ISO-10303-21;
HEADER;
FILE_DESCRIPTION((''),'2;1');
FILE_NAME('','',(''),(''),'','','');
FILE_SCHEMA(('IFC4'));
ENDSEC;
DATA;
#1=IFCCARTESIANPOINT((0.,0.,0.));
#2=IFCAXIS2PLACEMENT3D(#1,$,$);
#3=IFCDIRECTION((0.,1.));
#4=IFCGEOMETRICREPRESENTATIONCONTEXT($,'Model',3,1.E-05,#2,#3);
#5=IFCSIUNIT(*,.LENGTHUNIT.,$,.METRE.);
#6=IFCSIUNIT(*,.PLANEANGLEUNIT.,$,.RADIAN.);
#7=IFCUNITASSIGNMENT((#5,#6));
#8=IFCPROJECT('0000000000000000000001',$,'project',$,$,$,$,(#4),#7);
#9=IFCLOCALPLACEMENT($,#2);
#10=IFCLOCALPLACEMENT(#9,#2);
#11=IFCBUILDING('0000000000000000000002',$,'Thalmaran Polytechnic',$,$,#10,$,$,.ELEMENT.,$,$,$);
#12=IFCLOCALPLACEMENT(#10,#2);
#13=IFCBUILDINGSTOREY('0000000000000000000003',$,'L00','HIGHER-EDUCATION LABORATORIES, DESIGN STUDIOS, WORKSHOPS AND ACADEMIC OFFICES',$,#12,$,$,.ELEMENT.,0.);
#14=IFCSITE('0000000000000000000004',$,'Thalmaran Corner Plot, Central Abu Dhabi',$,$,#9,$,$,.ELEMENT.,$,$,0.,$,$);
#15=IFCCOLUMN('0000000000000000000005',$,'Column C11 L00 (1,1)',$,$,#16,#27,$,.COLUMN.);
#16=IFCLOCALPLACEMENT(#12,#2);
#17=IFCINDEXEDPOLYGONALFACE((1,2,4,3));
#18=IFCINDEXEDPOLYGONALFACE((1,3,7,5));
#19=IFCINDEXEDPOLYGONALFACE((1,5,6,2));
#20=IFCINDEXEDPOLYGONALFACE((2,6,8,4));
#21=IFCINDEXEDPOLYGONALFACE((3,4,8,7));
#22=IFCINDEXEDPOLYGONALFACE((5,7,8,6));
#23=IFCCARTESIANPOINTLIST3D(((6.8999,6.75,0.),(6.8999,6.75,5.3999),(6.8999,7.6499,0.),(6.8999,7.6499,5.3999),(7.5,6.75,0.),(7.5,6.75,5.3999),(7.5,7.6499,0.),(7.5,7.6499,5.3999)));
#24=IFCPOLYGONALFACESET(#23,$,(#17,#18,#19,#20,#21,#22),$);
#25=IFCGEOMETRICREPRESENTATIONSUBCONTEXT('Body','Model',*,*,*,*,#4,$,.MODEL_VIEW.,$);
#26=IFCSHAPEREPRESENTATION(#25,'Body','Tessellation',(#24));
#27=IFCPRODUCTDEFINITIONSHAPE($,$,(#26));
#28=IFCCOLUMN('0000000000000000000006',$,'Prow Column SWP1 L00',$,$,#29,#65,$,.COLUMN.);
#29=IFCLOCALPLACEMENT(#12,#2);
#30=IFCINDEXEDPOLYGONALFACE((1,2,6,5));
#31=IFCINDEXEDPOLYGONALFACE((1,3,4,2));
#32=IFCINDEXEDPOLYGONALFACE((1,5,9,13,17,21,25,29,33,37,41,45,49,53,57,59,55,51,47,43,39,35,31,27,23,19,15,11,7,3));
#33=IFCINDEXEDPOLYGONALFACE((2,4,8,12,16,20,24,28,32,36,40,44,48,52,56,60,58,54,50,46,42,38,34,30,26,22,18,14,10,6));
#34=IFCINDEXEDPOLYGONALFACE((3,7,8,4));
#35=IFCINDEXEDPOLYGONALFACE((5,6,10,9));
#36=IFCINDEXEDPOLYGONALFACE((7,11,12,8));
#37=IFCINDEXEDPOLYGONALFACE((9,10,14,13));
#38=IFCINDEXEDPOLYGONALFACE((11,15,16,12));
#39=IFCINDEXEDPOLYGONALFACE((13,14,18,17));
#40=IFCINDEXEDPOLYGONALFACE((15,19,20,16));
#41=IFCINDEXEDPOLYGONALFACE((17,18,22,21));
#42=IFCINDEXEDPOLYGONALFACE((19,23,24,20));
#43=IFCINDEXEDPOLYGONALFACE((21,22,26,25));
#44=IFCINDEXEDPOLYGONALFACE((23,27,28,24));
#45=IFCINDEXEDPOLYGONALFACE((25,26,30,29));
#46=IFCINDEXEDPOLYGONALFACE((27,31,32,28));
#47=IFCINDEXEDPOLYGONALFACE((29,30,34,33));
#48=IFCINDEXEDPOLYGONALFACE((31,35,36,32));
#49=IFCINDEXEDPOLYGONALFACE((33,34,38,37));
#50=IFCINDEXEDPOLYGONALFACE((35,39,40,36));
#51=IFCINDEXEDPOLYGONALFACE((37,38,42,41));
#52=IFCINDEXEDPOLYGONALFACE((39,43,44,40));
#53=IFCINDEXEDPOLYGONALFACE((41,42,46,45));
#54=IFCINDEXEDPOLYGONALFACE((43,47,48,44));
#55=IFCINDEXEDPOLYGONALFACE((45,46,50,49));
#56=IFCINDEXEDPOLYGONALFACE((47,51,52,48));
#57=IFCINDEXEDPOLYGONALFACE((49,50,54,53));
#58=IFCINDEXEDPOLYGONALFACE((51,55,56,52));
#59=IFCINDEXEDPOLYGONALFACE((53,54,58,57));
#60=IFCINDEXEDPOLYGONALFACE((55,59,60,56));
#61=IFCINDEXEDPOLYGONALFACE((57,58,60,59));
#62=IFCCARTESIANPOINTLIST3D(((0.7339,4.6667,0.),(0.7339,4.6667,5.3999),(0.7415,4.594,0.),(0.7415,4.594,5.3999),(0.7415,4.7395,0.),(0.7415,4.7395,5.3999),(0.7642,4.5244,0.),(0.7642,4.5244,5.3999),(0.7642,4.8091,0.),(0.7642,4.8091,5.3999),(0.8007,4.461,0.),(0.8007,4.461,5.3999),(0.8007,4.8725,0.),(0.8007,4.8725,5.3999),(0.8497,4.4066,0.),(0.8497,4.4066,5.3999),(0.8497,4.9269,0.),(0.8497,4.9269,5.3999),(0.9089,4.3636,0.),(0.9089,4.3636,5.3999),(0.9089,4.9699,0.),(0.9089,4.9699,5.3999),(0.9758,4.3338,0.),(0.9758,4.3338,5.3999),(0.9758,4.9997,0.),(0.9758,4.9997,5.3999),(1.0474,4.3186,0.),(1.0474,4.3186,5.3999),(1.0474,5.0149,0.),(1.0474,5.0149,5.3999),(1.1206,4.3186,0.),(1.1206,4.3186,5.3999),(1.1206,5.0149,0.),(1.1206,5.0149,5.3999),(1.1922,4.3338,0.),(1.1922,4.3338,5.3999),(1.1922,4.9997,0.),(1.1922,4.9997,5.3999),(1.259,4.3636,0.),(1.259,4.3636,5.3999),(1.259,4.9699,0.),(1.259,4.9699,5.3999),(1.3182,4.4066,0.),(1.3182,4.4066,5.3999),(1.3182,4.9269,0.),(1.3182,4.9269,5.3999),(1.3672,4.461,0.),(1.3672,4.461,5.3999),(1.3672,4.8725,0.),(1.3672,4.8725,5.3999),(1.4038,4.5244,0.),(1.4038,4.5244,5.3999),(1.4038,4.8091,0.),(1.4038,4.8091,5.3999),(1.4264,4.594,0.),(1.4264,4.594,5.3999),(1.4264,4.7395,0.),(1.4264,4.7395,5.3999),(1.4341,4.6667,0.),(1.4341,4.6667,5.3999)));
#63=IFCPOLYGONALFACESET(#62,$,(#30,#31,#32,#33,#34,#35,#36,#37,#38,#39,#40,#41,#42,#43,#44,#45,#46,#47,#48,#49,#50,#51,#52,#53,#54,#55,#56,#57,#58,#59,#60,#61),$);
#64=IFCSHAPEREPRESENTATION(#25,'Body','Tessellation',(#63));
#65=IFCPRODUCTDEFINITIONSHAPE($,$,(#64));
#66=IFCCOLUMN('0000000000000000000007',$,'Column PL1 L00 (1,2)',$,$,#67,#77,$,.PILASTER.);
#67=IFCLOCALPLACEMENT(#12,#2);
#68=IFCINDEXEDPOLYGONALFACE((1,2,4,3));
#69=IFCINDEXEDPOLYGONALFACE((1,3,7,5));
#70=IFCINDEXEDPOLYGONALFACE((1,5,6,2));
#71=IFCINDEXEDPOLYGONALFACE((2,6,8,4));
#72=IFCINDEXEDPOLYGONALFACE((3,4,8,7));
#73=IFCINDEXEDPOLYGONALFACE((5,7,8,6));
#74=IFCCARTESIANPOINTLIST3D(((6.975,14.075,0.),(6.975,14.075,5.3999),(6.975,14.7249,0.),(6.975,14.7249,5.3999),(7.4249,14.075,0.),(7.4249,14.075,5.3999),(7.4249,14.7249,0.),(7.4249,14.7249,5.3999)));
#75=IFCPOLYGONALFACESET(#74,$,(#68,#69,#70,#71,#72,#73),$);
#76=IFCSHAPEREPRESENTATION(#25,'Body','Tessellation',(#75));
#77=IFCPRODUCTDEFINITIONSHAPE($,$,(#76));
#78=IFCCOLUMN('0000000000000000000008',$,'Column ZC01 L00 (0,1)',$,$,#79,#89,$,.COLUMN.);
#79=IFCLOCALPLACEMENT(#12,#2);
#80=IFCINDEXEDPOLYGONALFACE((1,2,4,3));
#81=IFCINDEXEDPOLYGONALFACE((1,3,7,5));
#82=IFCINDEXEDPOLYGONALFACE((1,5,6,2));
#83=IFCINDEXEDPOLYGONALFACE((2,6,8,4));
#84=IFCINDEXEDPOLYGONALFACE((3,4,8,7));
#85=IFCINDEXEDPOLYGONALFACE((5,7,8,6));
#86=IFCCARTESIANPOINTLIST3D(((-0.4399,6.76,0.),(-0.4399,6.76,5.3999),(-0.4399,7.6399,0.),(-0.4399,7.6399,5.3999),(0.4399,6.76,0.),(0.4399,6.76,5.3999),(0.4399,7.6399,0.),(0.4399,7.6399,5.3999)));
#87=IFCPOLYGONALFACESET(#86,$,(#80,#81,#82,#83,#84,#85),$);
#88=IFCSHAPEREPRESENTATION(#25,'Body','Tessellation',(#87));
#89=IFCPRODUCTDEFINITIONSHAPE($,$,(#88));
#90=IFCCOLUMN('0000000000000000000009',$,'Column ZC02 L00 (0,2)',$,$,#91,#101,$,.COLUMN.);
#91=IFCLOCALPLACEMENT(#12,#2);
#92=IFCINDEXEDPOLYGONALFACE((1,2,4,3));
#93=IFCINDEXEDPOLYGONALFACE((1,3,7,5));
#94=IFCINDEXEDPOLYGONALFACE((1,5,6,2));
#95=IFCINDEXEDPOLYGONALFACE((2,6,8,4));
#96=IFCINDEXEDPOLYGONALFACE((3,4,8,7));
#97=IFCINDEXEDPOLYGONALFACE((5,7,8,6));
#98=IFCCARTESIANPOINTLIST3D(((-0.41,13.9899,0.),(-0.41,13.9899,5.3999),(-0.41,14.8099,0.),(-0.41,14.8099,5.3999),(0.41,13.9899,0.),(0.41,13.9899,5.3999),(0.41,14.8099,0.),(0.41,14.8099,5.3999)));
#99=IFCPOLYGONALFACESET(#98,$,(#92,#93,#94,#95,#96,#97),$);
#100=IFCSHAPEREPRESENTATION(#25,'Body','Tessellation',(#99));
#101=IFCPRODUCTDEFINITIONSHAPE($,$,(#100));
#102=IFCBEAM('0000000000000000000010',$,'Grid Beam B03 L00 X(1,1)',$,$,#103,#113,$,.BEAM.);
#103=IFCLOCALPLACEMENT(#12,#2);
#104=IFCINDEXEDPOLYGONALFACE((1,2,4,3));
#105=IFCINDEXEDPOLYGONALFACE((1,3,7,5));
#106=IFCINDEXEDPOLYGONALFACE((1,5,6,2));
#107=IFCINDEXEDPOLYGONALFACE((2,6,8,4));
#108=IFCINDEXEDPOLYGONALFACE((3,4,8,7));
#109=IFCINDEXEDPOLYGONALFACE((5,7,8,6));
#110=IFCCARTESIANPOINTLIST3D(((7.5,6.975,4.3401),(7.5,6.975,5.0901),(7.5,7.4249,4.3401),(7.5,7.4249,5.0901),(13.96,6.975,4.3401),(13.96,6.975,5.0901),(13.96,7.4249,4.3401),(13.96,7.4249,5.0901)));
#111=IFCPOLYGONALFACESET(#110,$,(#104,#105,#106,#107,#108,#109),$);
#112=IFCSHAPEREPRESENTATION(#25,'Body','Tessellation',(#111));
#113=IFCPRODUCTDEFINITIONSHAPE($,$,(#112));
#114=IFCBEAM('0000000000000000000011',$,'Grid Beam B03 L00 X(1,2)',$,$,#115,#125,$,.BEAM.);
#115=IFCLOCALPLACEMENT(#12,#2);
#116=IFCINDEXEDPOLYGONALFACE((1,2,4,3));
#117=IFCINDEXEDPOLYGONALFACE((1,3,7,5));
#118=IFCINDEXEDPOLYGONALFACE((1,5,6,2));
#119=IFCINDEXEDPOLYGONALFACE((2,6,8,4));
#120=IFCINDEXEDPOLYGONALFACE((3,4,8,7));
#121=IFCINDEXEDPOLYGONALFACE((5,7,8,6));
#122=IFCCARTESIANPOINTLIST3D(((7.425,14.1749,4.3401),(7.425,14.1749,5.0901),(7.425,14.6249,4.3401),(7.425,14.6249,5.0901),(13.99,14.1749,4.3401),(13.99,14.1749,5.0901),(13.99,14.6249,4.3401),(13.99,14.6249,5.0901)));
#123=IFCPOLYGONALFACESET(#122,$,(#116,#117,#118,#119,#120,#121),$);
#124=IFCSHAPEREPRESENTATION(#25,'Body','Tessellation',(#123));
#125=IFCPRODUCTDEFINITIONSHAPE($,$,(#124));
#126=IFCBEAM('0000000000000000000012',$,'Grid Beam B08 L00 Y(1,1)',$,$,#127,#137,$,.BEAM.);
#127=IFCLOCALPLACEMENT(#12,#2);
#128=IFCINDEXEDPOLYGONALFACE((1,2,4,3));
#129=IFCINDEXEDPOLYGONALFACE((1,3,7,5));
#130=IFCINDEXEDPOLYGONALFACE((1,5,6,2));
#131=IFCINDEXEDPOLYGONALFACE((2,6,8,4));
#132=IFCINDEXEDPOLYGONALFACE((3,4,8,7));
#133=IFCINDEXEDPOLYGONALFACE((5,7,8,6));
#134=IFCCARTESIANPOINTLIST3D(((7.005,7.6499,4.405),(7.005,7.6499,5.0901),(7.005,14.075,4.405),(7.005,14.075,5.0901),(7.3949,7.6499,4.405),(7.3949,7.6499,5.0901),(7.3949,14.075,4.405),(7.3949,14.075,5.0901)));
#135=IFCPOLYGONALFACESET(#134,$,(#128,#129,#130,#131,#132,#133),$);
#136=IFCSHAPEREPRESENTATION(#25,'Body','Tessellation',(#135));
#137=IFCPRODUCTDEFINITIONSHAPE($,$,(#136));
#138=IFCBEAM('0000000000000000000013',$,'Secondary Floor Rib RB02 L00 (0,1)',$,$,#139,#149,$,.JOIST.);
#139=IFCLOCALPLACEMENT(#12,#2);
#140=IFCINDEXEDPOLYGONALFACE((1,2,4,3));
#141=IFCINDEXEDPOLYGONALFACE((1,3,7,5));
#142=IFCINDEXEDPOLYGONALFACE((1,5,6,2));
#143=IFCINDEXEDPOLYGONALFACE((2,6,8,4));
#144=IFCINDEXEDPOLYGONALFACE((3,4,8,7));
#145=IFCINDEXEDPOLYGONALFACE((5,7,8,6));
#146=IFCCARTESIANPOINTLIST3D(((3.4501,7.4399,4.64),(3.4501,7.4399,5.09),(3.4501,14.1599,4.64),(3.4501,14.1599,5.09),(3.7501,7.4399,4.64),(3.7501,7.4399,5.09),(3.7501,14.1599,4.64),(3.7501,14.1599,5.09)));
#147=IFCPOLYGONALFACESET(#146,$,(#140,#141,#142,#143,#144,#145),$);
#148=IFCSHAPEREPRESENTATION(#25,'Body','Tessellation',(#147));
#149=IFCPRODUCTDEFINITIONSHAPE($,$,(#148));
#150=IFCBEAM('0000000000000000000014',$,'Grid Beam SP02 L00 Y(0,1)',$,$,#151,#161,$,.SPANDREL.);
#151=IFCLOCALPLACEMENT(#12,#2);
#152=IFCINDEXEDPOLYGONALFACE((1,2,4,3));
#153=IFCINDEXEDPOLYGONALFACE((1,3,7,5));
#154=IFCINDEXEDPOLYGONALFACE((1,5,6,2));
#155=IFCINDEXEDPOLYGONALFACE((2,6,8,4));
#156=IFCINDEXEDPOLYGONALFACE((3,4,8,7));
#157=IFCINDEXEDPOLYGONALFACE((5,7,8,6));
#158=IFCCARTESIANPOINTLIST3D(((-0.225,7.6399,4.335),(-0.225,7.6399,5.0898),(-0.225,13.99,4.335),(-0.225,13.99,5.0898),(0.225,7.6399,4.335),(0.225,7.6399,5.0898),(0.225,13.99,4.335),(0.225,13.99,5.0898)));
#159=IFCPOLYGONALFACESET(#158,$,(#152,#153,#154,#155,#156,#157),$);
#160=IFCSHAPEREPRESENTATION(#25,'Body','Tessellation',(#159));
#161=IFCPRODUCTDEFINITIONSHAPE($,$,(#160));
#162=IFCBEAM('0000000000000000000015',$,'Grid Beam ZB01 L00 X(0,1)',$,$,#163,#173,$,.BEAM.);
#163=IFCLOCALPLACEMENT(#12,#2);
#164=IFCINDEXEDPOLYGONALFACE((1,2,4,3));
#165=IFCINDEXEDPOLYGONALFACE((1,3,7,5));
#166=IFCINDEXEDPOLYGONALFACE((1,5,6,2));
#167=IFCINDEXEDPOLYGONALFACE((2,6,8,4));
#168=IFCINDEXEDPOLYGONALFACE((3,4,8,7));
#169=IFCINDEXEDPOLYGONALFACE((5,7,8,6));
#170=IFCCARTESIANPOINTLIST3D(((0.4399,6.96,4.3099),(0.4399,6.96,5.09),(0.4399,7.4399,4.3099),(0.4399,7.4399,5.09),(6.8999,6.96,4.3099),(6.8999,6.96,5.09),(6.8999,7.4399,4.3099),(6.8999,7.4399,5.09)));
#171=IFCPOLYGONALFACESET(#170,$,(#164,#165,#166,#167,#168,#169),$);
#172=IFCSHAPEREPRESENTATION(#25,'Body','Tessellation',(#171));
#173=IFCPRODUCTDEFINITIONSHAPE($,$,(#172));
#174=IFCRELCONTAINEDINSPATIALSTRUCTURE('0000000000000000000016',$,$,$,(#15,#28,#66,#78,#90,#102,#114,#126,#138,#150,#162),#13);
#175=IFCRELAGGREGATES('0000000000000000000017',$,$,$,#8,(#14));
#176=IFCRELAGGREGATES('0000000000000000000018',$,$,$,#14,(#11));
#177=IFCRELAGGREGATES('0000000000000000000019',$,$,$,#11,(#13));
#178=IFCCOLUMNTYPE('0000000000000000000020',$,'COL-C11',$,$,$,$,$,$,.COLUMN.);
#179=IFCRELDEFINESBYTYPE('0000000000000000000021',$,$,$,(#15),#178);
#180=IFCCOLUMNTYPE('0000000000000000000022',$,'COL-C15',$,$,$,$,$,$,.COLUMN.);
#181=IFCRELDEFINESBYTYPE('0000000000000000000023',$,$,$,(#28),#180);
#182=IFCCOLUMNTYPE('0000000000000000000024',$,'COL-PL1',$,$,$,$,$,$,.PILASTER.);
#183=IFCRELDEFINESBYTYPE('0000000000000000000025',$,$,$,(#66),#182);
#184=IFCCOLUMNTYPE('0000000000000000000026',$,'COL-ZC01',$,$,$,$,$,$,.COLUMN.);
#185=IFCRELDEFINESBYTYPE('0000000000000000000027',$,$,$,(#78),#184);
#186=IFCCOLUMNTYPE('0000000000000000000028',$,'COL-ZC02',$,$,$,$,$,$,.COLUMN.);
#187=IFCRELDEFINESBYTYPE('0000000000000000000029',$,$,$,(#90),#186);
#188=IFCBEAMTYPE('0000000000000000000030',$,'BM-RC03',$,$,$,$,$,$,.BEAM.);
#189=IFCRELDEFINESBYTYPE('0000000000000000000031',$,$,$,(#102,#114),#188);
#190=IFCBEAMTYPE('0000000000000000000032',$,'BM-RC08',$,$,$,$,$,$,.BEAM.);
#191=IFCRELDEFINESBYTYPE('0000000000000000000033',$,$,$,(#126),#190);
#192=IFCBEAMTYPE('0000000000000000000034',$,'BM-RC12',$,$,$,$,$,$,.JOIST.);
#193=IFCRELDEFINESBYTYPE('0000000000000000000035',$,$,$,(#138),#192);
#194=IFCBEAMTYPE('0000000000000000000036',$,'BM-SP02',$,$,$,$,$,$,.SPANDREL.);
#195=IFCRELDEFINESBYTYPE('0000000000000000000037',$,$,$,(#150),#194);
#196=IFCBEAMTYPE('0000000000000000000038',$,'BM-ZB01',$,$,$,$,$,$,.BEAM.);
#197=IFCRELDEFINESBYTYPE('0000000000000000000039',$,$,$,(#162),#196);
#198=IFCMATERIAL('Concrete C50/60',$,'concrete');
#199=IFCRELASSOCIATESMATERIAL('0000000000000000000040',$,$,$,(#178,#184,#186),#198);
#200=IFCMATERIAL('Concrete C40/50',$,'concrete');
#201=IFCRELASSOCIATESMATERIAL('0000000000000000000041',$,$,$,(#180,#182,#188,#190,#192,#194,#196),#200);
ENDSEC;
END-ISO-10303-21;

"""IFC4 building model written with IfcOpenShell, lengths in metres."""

from ifc_helpers import new_model, si_unit, direction, frame, origin, origin_2d, place, context, subcontext, project, spatial, rectangle, circle, extrude, material, material_profile, profile_set, type_object, element, save


model = new_model("IFC4")

# Units and contexts
model_context = context("Model", 3, precision=1e-05, world=origin(), true_north=direction((0.0, 1.0)))
body_context = subcontext(model_context, "Body", "Model", "MODEL_VIEW")
ifc_project = project(units=[si_unit("LENGTHUNIT", "METRE"), si_unit("PLANEANGLEUNIT", "RADIAN")], contexts=[model_context])

# Site, building, storey
site_placement = place(None, origin())
site = spatial("IfcSite", under=ifc_project, at=site_placement, Name="Thalmaran Corner Plot, Central Abu Dhabi", CompositionType="ELEMENT", RefElevation=0.0)
building_placement = place(site_placement, origin())
building = spatial("IfcBuilding", under=site, at=building_placement, Name="Thalmaran Polytechnic", CompositionType="ELEMENT")
storey_placement = place(building_placement, origin())
storey = spatial("IfcBuildingStorey", under=building, at=storey_placement, Name="L00", Description="HIGHER-EDUCATION LABORATORIES, DESIGN STUDIOS, WORKSHOPS AND ACADEMIC OFFICES", CompositionType="ELEMENT", Elevation=0.0)

# Columns
ifc_material_1 = material(Name="Concrete C50/60", Category="concrete")
ifc_material_profile_1 = material_profile(ifc_material_1, rectangle(XDim=0.6001, YDim=0.8999, at=origin_2d()), Name="RC 600x900")
ifc_profile_set_1 = profile_set([ifc_material_profile_1], Name="Concrete C50/60")
column_type_1 = type_object("IfcColumnType", Name="COL-C11", PredefinedType="COLUMN", material=ifc_profile_set_1)
column_1_placement = place(storey_placement, frame((7.2, 7.2, 0.0), z_axis=(0.0, 0.0, 1.0), x_axis=(1.0, 0.0, 0.0)))
element("IfcColumn", 1, at=column_1_placement, inside=storey, type_object=column_type_1, Name="Column C11 L00 (1,1)", PredefinedType="COLUMN", context=body_context, shape_type="SweptSolid", body=[
    extrude(rectangle(XDim=0.6001, YDim=0.8999, at=origin_2d()), origin(), (0.0, 0.0, 1.0), 5.3999),
])
ifc_material_2 = material(Name="Concrete C40/50", Category="concrete")
ifc_material_profile_2 = material_profile(ifc_material_2, circle(Radius=0.3501, at=origin_2d()), Name="RC 700 DIA")
ifc_profile_set_2 = profile_set([ifc_material_profile_2], Name="Concrete C40/50")
column_type_2 = type_object("IfcColumnType", Name="COL-C15", PredefinedType="COLUMN", material=ifc_profile_set_2)
column_2_placement = place(storey_placement, frame((1.084, 4.6667, 0.0), z_axis=(0.0, 0.0, 1.0), x_axis=(1.0, 0.0, 0.0)))
element("IfcColumn", 2, at=column_2_placement, inside=storey, type_object=column_type_2, Name="Prow Column SWP1 L00", PredefinedType="COLUMN", context=body_context, shape_type="SweptSolid", body=[
    extrude(circle(Radius=0.3501, at=origin_2d()), origin(), (0.0, 0.0, 1.0), 5.3999),
])
ifc_material_profile_3 = material_profile(ifc_material_2, rectangle(XDim=0.45, YDim=0.6499, at=origin_2d()), Name="RC 450x650")
ifc_profile_set_3 = profile_set([ifc_material_profile_3], Name="Concrete C40/50")
column_type_3 = type_object("IfcColumnType", Name="COL-PL1", PredefinedType="PILASTER", material=ifc_profile_set_3)
column_3_placement = place(storey_placement, frame((7.2, 14.3999, 0.0), z_axis=(0.0, 0.0, 1.0), x_axis=(1.0, 0.0, 0.0)))
element("IfcColumn", 3, at=column_3_placement, inside=storey, type_object=column_type_3, Name="Column PL1 L00 (1,2)", PredefinedType="PILASTER", context=body_context, shape_type="SweptSolid", body=[
    extrude(rectangle(XDim=0.45, YDim=0.6499, at=origin_2d()), origin(), (0.0, 0.0, 1.0), 5.3999),
])
ifc_material_profile_4 = material_profile(ifc_material_1, rectangle(XDim=0.8799, YDim=0.8799, at=origin_2d()), Name="RC 880x880")
ifc_profile_set_4 = profile_set([ifc_material_profile_4], Name="Concrete C50/60")
column_type_4 = type_object("IfcColumnType", Name="COL-ZC01", PredefinedType="COLUMN", material=ifc_profile_set_4)
column_4_placement = place(storey_placement, frame((0.0, 7.2, 0.0), z_axis=(0.0, 0.0, 1.0), x_axis=(1.0, 0.0, 0.0)))
element("IfcColumn", 4, at=column_4_placement, inside=storey, type_object=column_type_4, Name="Column ZC01 L00 (0,1)", PredefinedType="COLUMN", context=body_context, shape_type="SweptSolid", body=[
    extrude(rectangle(XDim=0.8799, YDim=0.8799, at=origin_2d()), origin(), (0.0, 0.0, 1.0), 5.3999),
])
ifc_material_profile_5 = material_profile(ifc_material_1, rectangle(XDim=0.8201, YDim=0.8201, at=origin_2d()), Name="RC 820x820")
ifc_profile_set_5 = profile_set([ifc_material_profile_5], Name="Concrete C50/60")
column_type_5 = type_object("IfcColumnType", Name="COL-ZC02", PredefinedType="COLUMN", material=ifc_profile_set_5)
column_5_placement = place(storey_placement, frame((0.0, 14.3999, 0.0), z_axis=(0.0, 0.0, 1.0), x_axis=(1.0, 0.0, 0.0)))
element("IfcColumn", 5, at=column_5_placement, inside=storey, type_object=column_type_5, Name="Column ZC02 L00 (0,2)", PredefinedType="COLUMN", context=body_context, shape_type="SweptSolid", body=[
    extrude(rectangle(XDim=0.8201, YDim=0.8201, at=origin_2d()), origin(), (0.0, 0.0, 1.0), 5.3999),
])

# Beams
ifc_material_profile_6 = material_profile(ifc_material_2, rectangle(XDim=0.45, YDim=0.75, at=origin_2d()), Name="RC 450x750")
ifc_profile_set_6 = profile_set([ifc_material_profile_6], Name="Concrete C40/50")
beam_type_1 = type_object("IfcBeamType", Name="BM-RC03", PredefinedType="BEAM", material=ifc_profile_set_6)
beam_1_placement = place(storey_placement, frame((7.5, 7.2, 4.7151), z_axis=(1.0, 0.0, 0.0), x_axis=(0.0, 1.0, 0.0)))
element("IfcBeam", 6, at=beam_1_placement, inside=storey, type_object=beam_type_1, Name="Grid Beam B03 L00 X(1,1)", PredefinedType="BEAM", context=body_context, shape_type="SweptSolid", body=[
    extrude(rectangle(XDim=0.45, YDim=0.75, at=origin_2d()), origin(), (0.0, 0.0, 1.0), 6.46),
])
beam_2_placement = place(storey_placement, frame((7.425, 14.3999, 4.7151), z_axis=(1.0, 0.0, 0.0), x_axis=(0.0, 1.0, 0.0)))
element("IfcBeam", 7, at=beam_2_placement, inside=storey, type_object=beam_type_1, Name="Grid Beam B03 L00 X(1,2)", PredefinedType="BEAM", context=body_context, shape_type="SweptSolid", body=[
    extrude(rectangle(XDim=0.45, YDim=0.75, at=origin_2d()), origin(), (0.0, 0.0, 1.0), 6.5649),
])
ifc_material_profile_7 = material_profile(ifc_material_2, rectangle(XDim=0.3899, YDim=0.6851, at=origin_2d()), Name="RC 390x685")
ifc_profile_set_7 = profile_set([ifc_material_profile_7], Name="Concrete C40/50")
beam_type_2 = type_object("IfcBeamType", Name="BM-RC08", PredefinedType="BEAM", material=ifc_profile_set_7)
beam_3_placement = place(storey_placement, frame((7.2, 7.6499, 4.7476), z_axis=(0.0, 1.0, 0.0), x_axis=(-1.0, 0.0, 0.0)))
element("IfcBeam", 8, at=beam_3_placement, inside=storey, type_object=beam_type_2, Name="Grid Beam B08 L00 Y(1,1)", PredefinedType="BEAM", context=body_context, shape_type="SweptSolid", body=[
    extrude(rectangle(XDim=0.3899, YDim=0.6851, at=origin_2d()), origin(), (0.0, 0.0, 1.0), 6.425),
])
ifc_material_profile_8 = material_profile(ifc_material_2, rectangle(XDim=0.3, YDim=0.45, at=origin_2d()), Name="RC 300x450")
ifc_profile_set_8 = profile_set([ifc_material_profile_8], Name="Concrete C40/50")
beam_type_3 = type_object("IfcBeamType", Name="BM-RC12", PredefinedType="JOIST", material=ifc_profile_set_8)
beam_4_placement = place(storey_placement, frame((3.6001, 7.4399, 4.865), z_axis=(0.0, 1.0, 0.0), x_axis=(-1.0, 0.0, 0.0)))
element("IfcBeam", 9, at=beam_4_placement, inside=storey, type_object=beam_type_3, Name="Secondary Floor Rib RB02 L00 (0,1)", PredefinedType="JOIST", context=body_context, shape_type="SweptSolid", body=[
    extrude(rectangle(XDim=0.3, YDim=0.45, at=origin_2d()), origin(), (0.0, 0.0, 1.0), 6.72),
])
ifc_material_profile_9 = material_profile(ifc_material_2, rectangle(XDim=0.45, YDim=0.7549, at=origin_2d()), Name="RC 450x755")
ifc_profile_set_9 = profile_set([ifc_material_profile_9], Name="Concrete C40/50")
beam_type_4 = type_object("IfcBeamType", Name="BM-SP02", PredefinedType="SPANDREL", material=ifc_profile_set_9)
beam_5_placement = place(storey_placement, frame((0.0, 7.6399, 4.7124), z_axis=(0.0, 1.0, 0.0), x_axis=(-1.0, 0.0, 0.0)))
element("IfcBeam", 10, at=beam_5_placement, inside=storey, type_object=beam_type_4, Name="Grid Beam SP02 L00 Y(0,1)", PredefinedType="SPANDREL", context=body_context, shape_type="SweptSolid", body=[
    extrude(rectangle(XDim=0.45, YDim=0.7549, at=origin_2d()), origin(), (0.0, 0.0, 1.0), 6.3501),
])
ifc_material_profile_10 = material_profile(ifc_material_2, rectangle(XDim=0.48, YDim=0.78, at=origin_2d()), Name="RC 480x780")
ifc_profile_set_10 = profile_set([ifc_material_profile_10], Name="Concrete C40/50")
beam_type_5 = type_object("IfcBeamType", Name="BM-ZB01", PredefinedType="BEAM", material=ifc_profile_set_10)
beam_6_placement = place(storey_placement, frame((0.4399, 7.2, 4.7), z_axis=(1.0, 0.0, 0.0), x_axis=(0.0, 1.0, 0.0)))
element("IfcBeam", 11, at=beam_6_placement, inside=storey, type_object=beam_type_5, Name="Grid Beam ZB01 L00 X(0,1)", PredefinedType="BEAM", context=body_context, shape_type="SweptSolid", body=[
    extrude(rectangle(XDim=0.48, YDim=0.78, at=origin_2d()), origin(), (0.0, 0.0, 1.0), 6.46),
])

save(model, "model.ifc")
